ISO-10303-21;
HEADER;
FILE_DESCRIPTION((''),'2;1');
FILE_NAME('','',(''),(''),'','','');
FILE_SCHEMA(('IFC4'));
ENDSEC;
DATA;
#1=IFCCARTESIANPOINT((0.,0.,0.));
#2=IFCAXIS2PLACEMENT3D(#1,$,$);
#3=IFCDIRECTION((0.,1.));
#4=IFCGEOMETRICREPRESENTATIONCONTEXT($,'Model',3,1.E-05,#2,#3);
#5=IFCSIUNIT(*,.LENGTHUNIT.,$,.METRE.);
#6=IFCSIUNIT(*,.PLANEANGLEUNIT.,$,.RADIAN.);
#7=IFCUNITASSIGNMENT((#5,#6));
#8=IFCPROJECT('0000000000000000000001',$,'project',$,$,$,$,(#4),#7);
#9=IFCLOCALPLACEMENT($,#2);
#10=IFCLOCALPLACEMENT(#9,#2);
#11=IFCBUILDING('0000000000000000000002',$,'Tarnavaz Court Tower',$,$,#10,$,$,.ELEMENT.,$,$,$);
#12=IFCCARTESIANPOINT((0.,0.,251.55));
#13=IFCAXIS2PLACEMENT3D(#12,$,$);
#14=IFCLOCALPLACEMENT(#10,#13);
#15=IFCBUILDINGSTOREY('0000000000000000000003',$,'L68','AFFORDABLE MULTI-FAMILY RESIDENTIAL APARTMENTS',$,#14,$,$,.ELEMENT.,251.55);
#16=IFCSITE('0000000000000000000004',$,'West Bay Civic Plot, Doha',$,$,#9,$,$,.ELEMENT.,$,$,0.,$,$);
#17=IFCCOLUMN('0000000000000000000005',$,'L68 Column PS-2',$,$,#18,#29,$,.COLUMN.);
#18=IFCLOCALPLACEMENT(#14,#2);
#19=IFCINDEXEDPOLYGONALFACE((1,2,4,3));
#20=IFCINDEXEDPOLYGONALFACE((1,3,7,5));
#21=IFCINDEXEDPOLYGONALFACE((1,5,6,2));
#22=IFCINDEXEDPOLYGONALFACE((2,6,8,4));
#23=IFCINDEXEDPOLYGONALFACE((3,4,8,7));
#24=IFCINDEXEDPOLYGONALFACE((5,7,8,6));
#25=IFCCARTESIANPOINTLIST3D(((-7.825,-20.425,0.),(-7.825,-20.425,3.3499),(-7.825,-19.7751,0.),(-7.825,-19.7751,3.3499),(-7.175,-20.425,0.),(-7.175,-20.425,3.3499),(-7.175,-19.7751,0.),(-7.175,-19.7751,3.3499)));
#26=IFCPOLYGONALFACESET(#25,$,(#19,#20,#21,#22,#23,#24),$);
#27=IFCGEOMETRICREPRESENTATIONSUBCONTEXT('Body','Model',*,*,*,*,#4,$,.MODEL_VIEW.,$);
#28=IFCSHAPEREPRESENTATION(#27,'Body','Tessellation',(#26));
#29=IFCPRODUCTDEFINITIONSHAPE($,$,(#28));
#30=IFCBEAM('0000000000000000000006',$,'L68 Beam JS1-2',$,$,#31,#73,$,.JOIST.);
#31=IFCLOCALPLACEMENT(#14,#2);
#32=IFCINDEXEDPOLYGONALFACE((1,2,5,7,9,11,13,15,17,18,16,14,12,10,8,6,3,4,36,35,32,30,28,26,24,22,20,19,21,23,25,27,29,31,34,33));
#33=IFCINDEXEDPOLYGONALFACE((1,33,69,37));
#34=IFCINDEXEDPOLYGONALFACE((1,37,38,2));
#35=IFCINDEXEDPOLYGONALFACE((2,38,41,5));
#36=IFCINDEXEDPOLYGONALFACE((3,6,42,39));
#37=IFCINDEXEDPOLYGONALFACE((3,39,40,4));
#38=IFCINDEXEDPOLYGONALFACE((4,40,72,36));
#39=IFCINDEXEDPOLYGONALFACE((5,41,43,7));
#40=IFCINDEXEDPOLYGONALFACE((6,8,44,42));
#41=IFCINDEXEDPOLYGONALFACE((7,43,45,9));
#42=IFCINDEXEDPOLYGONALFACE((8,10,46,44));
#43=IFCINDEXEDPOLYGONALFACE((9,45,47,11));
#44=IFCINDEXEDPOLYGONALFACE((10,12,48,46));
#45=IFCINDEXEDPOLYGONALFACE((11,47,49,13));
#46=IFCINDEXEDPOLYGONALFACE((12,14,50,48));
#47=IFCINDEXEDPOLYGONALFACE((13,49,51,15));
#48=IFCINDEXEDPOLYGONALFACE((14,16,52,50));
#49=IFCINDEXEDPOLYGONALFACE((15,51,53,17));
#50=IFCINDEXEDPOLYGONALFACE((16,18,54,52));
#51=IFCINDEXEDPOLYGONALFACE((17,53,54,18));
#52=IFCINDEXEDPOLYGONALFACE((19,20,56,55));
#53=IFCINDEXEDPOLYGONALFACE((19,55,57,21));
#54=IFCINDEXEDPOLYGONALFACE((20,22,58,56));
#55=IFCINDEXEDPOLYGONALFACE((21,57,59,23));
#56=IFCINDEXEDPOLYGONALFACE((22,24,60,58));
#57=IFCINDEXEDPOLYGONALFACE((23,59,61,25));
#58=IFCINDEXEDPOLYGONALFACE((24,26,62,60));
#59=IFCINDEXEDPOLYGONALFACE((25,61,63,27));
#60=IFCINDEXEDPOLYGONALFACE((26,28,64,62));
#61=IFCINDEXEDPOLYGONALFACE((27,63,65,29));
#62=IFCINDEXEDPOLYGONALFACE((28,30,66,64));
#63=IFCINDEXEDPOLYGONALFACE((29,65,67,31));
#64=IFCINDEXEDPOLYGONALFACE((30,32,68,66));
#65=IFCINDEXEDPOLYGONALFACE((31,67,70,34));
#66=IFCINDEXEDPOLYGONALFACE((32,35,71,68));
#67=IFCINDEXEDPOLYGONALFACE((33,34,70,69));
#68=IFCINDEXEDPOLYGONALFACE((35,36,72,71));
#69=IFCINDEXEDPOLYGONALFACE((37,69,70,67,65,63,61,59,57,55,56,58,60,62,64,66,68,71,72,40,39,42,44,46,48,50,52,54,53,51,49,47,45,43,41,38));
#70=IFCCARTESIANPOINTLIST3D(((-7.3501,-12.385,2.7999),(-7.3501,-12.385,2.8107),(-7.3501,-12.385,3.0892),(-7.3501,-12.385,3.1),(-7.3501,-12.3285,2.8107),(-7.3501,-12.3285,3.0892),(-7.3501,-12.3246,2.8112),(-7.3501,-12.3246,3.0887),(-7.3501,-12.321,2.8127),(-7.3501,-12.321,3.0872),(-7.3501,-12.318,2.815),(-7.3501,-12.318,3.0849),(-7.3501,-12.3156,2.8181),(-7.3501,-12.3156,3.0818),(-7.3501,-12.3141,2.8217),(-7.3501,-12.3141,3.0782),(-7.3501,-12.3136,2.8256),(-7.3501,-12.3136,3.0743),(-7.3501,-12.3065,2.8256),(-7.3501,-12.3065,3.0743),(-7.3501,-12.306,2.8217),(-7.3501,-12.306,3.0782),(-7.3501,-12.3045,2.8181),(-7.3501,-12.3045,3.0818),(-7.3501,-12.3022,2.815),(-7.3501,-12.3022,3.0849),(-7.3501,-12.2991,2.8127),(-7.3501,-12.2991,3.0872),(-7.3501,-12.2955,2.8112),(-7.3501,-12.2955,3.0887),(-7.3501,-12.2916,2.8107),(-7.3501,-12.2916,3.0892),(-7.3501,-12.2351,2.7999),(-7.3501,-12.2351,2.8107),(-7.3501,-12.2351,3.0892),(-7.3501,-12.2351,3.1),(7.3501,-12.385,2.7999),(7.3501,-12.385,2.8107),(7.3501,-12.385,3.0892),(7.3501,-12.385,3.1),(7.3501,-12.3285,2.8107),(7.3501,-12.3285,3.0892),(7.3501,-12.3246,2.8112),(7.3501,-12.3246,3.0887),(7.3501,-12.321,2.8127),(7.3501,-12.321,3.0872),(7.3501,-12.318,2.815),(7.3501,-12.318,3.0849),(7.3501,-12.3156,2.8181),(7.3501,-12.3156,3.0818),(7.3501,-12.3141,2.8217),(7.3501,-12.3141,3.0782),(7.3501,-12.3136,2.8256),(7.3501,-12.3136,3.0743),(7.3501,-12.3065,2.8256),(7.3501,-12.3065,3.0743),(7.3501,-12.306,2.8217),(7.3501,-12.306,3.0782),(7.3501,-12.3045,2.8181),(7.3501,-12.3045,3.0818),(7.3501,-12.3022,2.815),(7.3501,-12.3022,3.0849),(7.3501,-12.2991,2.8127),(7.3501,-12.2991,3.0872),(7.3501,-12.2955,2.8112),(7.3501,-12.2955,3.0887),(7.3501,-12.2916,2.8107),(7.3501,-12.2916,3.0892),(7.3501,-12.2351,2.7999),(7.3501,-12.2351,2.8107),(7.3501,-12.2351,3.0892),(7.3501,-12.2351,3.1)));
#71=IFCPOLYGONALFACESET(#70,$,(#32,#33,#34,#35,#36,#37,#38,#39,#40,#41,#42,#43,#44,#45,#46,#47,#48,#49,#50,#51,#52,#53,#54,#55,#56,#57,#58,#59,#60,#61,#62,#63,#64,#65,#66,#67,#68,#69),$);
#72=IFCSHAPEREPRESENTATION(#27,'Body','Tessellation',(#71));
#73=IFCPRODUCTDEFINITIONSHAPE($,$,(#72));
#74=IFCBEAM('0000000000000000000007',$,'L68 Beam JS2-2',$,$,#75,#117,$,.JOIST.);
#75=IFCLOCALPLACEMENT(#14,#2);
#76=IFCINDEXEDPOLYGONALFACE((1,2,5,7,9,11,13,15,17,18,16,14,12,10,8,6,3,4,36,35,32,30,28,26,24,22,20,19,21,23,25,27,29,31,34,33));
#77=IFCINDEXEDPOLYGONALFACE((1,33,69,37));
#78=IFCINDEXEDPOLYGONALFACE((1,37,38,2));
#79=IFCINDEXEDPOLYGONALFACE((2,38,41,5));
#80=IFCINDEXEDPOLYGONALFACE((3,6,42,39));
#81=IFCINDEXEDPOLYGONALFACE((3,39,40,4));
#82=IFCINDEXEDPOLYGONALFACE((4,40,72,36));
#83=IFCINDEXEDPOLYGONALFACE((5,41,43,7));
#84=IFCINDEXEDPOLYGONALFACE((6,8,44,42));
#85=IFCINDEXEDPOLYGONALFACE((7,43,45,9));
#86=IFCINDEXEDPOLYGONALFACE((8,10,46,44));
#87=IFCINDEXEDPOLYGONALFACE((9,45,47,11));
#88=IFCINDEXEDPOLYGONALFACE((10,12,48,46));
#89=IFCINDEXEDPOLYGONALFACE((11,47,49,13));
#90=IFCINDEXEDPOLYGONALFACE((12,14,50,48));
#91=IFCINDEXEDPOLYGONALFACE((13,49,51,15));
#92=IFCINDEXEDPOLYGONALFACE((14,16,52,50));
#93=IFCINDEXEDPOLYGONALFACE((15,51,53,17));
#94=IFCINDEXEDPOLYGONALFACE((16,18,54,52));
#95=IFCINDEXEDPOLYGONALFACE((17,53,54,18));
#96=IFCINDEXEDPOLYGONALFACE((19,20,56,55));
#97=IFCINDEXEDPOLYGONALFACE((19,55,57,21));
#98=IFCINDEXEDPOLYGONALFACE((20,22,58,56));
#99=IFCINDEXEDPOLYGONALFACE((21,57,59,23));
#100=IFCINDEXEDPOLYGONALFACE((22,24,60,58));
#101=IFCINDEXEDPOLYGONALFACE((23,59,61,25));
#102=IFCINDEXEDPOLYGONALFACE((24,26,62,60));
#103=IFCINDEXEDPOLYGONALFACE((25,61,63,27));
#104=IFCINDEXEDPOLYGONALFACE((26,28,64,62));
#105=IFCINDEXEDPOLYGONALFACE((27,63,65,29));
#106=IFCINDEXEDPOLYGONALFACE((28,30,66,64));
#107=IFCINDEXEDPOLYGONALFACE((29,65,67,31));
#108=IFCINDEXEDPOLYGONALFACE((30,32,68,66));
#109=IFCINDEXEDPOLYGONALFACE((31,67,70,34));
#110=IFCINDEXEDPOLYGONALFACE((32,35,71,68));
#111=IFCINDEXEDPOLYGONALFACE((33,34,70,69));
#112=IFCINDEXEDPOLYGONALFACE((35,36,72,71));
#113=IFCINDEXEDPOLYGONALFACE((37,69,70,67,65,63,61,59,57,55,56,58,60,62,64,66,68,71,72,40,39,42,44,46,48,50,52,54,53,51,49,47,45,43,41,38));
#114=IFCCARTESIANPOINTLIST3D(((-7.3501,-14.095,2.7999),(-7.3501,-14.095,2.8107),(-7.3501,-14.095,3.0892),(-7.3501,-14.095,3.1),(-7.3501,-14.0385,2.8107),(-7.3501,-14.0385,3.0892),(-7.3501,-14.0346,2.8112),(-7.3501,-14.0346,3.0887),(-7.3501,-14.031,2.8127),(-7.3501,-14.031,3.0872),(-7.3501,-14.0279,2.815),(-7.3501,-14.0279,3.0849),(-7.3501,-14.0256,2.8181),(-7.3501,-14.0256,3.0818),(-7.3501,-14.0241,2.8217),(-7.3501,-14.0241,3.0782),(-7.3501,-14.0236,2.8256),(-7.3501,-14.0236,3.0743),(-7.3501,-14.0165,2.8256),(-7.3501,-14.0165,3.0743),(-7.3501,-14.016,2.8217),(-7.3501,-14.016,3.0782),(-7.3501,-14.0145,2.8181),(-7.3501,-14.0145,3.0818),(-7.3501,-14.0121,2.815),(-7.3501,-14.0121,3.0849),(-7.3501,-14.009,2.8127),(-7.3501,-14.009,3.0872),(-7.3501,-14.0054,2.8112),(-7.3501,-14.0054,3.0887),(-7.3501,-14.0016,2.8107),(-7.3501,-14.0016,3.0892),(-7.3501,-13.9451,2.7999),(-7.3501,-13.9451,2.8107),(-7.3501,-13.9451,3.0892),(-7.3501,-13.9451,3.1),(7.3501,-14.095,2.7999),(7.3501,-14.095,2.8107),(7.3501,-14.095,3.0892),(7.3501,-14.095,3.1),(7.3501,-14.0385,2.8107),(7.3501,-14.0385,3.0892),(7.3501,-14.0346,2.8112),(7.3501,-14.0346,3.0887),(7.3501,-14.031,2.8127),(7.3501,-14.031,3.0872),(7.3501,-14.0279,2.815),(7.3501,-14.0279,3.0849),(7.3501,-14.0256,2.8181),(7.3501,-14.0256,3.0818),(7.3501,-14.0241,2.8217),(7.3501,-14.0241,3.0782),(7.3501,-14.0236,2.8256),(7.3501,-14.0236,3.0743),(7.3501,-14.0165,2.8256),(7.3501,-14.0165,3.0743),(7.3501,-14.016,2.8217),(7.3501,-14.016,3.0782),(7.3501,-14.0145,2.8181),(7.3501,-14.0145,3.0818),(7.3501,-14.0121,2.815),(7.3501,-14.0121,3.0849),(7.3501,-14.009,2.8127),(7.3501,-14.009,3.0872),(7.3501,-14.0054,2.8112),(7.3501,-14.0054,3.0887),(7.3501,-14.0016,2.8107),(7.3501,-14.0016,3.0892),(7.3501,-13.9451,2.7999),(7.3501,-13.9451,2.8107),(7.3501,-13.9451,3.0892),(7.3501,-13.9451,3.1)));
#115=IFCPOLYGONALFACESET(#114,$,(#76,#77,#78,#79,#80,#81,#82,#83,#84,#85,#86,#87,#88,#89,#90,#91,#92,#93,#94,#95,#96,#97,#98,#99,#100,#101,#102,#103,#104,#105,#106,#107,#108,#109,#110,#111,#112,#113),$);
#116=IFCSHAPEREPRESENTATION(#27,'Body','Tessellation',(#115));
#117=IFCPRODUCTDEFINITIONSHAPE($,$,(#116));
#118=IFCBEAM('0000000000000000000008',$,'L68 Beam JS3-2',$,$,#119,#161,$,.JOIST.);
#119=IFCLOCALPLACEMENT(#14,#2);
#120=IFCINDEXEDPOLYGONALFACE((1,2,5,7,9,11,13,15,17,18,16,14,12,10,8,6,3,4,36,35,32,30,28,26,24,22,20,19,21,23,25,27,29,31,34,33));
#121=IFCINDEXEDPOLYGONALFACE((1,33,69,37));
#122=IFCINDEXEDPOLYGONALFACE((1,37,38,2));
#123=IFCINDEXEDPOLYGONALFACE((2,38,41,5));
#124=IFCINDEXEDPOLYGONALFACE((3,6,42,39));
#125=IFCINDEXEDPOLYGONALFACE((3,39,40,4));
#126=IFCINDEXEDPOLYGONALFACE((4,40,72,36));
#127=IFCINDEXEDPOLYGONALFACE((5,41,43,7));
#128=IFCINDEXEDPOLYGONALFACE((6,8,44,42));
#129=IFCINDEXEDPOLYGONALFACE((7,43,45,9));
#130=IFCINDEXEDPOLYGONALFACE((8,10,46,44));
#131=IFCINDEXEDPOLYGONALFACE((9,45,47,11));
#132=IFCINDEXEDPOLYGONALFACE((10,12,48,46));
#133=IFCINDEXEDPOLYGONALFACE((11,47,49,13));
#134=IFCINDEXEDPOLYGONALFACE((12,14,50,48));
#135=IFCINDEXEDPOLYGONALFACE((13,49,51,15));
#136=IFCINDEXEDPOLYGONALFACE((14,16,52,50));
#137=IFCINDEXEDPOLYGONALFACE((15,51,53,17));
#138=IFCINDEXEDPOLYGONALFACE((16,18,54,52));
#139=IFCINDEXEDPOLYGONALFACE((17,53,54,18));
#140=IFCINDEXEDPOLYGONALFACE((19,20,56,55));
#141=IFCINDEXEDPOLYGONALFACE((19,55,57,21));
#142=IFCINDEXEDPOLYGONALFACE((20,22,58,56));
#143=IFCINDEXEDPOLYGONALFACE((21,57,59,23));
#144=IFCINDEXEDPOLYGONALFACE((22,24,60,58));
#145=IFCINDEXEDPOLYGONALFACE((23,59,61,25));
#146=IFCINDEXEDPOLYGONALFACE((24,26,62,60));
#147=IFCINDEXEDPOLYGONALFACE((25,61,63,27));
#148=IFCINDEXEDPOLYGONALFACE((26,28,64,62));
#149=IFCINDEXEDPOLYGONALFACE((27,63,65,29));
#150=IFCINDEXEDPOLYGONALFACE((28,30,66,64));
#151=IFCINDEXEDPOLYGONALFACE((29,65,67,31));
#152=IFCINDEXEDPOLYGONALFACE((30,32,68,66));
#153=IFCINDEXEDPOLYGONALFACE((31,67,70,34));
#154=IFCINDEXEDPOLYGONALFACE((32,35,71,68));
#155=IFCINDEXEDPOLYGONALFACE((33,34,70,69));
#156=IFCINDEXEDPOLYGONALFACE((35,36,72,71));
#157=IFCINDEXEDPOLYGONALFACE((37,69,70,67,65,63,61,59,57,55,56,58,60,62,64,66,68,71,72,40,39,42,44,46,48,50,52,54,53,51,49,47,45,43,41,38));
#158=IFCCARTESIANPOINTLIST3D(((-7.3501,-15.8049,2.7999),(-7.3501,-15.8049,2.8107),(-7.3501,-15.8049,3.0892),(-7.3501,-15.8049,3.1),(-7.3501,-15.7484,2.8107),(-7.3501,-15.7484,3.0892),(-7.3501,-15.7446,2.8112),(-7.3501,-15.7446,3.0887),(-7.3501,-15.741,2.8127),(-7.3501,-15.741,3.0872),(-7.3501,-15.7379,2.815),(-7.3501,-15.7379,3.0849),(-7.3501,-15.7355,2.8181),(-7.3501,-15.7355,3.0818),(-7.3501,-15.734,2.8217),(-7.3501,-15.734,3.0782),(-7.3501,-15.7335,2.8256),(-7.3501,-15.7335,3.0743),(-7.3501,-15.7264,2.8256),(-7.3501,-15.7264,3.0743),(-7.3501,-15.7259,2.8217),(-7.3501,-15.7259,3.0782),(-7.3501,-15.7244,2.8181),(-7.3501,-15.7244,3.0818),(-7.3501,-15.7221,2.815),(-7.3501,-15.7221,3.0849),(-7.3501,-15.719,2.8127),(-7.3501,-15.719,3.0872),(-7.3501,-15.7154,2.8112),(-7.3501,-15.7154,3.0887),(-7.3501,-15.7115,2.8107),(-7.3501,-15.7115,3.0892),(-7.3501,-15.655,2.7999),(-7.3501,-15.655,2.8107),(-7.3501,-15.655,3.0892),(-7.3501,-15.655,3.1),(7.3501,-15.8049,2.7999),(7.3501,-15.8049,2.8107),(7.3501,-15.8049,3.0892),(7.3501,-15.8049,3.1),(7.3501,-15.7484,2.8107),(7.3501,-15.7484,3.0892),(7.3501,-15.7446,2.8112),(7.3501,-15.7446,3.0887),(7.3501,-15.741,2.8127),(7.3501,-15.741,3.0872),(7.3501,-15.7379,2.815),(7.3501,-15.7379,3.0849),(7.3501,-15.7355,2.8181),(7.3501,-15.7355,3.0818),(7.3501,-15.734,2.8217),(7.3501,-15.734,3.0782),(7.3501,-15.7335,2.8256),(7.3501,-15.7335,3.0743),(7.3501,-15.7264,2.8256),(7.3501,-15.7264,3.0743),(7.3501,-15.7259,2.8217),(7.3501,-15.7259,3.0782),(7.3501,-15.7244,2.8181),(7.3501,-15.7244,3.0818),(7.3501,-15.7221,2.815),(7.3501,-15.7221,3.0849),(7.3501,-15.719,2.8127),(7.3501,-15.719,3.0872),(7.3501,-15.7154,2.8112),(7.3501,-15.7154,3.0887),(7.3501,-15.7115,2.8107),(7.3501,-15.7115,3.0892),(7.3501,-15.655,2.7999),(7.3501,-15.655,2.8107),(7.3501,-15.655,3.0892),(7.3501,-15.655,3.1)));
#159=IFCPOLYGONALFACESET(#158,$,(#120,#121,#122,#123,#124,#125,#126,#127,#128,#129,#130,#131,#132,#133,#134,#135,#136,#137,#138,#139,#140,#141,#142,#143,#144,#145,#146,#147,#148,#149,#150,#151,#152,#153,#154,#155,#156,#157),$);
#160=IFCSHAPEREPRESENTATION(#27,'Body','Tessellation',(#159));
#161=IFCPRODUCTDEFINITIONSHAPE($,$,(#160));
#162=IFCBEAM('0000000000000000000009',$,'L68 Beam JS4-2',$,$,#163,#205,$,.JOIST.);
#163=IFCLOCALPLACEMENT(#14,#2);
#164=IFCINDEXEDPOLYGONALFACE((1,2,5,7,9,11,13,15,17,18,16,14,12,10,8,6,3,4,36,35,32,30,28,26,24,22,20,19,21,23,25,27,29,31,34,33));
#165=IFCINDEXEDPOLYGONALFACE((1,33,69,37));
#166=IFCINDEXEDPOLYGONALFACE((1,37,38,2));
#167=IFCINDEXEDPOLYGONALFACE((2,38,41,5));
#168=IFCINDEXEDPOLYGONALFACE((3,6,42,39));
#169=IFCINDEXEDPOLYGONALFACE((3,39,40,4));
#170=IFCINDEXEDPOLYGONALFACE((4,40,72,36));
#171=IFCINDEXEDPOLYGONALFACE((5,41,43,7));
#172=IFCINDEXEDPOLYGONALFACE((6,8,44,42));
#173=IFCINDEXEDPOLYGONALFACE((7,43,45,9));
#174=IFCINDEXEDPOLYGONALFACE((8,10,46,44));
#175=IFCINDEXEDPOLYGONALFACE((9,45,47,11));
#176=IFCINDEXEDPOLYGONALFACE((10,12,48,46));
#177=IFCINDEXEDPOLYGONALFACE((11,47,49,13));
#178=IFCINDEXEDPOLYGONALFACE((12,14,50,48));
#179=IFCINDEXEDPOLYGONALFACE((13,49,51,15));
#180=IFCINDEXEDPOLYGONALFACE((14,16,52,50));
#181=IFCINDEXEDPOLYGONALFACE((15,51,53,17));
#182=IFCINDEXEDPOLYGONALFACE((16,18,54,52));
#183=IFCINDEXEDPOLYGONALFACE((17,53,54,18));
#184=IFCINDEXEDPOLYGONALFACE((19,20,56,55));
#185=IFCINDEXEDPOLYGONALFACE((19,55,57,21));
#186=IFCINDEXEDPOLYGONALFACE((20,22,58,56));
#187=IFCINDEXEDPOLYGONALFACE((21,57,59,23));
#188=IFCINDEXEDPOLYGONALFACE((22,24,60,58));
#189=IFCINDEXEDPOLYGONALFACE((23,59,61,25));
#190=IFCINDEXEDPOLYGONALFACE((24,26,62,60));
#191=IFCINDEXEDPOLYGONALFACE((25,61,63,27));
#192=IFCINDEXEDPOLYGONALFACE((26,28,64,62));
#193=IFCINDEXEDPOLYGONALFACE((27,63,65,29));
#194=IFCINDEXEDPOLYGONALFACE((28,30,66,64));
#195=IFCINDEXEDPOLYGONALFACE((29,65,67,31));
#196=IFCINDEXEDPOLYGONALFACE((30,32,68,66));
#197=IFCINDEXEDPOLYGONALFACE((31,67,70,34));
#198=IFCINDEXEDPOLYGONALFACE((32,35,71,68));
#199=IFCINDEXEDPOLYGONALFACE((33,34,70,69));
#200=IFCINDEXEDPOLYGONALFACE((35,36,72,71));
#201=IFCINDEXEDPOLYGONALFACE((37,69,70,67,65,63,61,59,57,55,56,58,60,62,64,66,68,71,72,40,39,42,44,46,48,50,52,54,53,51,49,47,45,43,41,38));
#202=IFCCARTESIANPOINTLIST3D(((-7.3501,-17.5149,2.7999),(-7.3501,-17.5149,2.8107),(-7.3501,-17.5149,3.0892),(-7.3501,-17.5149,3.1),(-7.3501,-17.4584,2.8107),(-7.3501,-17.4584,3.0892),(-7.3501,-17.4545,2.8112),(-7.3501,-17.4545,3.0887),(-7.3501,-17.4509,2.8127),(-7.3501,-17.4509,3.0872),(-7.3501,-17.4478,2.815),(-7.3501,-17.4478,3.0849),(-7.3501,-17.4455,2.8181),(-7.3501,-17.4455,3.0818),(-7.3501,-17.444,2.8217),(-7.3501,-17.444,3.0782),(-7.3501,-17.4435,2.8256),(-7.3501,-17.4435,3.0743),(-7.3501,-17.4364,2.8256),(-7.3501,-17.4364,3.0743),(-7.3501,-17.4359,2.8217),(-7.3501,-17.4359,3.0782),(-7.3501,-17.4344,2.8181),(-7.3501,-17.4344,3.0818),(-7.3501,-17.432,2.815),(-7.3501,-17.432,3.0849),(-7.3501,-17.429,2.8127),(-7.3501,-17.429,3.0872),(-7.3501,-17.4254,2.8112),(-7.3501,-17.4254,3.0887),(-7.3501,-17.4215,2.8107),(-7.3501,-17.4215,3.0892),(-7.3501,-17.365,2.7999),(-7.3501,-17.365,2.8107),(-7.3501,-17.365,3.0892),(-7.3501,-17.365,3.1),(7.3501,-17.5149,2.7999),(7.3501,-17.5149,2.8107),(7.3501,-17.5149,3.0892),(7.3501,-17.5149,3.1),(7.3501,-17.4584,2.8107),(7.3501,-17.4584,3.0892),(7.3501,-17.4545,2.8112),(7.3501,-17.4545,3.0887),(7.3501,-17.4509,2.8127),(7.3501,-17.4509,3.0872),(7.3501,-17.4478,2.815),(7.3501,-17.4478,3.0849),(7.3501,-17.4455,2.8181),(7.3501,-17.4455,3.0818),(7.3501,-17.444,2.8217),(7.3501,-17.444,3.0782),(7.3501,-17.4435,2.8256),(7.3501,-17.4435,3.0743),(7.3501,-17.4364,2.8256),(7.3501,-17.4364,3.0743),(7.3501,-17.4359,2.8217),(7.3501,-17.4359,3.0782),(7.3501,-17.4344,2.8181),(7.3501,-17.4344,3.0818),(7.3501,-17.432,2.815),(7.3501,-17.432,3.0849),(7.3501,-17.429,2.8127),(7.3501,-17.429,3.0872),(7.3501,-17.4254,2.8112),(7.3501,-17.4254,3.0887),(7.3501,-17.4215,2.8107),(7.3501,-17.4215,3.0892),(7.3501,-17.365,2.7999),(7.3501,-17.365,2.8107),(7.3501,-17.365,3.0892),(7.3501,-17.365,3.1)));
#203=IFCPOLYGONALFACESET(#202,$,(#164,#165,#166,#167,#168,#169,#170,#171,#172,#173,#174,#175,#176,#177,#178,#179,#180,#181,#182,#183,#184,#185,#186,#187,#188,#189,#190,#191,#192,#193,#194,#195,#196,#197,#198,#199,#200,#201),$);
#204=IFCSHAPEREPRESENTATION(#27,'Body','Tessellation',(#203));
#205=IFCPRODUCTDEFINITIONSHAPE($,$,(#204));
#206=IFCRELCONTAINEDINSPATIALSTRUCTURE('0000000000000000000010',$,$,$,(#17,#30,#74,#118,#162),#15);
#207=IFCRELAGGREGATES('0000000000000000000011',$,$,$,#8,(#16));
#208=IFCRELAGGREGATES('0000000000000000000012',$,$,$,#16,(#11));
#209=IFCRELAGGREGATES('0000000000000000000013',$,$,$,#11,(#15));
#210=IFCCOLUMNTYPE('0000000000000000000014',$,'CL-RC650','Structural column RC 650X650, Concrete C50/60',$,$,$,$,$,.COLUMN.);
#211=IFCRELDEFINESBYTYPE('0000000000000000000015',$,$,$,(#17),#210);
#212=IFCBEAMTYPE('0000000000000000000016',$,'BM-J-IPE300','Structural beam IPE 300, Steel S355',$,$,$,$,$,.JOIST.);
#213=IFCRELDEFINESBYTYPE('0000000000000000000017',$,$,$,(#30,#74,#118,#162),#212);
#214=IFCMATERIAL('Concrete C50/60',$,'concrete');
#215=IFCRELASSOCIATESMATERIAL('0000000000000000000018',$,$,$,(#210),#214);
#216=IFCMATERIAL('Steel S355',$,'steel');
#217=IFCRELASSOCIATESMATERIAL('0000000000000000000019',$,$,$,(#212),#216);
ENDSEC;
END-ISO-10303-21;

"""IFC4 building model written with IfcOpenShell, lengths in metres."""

from ifc_helpers import new_model, si_unit, direction, frame, origin, origin_2d, place, context, subcontext, project, spatial, rectangle, i_section, extrude, material, material_profile, profile_set, type_object, element, save


model = new_model("IFC4")

# Units and contexts
model_context = context("Model", 3, precision=1e-05, world=origin(), true_north=direction((0.0, 1.0)))
body_context = subcontext(model_context, "Body", "Model", "MODEL_VIEW")
ifc_project = project(units=[si_unit("LENGTHUNIT", "METRE"), si_unit("PLANEANGLEUNIT", "RADIAN")], contexts=[model_context])

# Site, building, storey
site_placement = place(None, origin())
site = spatial("IfcSite", under=ifc_project, at=site_placement, Name="West Bay Civic Plot, Doha", CompositionType="ELEMENT", RefElevation=0.0)
building_placement = place(site_placement, origin())
building = spatial("IfcBuilding", under=site, at=building_placement, Name="Tarnavaz Court Tower", CompositionType="ELEMENT")
storey_placement = place(building_placement, frame((0.0, 0.0, 251.55)))
storey = spatial("IfcBuildingStorey", under=building, at=storey_placement, Name="L68", Description="AFFORDABLE MULTI-FAMILY RESIDENTIAL APARTMENTS", CompositionType="ELEMENT", Elevation=251.55)

# Column
ifc_material_1 = material(Name="Concrete C50/60", Category="concrete")
ifc_material_profile_1 = material_profile(ifc_material_1, rectangle(XDim=0.6499, YDim=0.6499, at=origin_2d()), Name="RC 650X650")
ifc_profile_set_1 = profile_set([ifc_material_profile_1], Name="Concrete C50/60")
column_type = type_object("IfcColumnType", Name="CL-RC650", Description="Structural column RC 650X650, Concrete C50/60", PredefinedType="COLUMN", material=ifc_profile_set_1)
column_placement = place(storey_placement, frame((-7.5, -20.1001, 0.0), z_axis=(0.0, 0.0, 1.0), x_axis=(1.0, 0.0, 0.0)))
element("IfcColumn", 1, at=column_placement, inside=storey, type_object=column_type, Name="L68 Column PS-2", PredefinedType="COLUMN", context=body_context, shape_type="SweptSolid", body=[
    extrude(rectangle(XDim=0.6499, YDim=0.6499, at=origin_2d()), origin(), (0.0, 0.0, 1.0), 3.3499),
])

# Beams
ifc_material_2 = material(Name="Steel S355", Category="steel")
ifc_material_profile_2 = material_profile(ifc_material_2, i_section(OverallWidth=0.1499, OverallDepth=0.3, WebThickness=0.0071, FlangeThickness=0.0107, FilletRadius=0.0149, at=origin_2d()), Name="IPE 300")
ifc_profile_set_2 = profile_set([ifc_material_profile_2], Name="Steel S355")
beam_type_1 = type_object("IfcBeamType", Name="BM-J-IPE300", Description="Structural beam IPE 300, Steel S355", PredefinedType="JOIST", material=ifc_profile_set_2)
for number, where, z_axis, x_axis, name in (
    (2, (-7.3501, -12.3101, 2.95), (1.0, 0.0, 0.0), (0.0, 1.0, 0.0), "L68 Beam JS1-2"),
    (3, (-7.3501, -14.02, 2.95), (1.0, 0.0, 0.0), (0.0, 1.0, 0.0), "L68 Beam JS2-2"),
    (4, (-7.3501, -15.73, 2.95), (1.0, 0.0, 0.0), (0.0, 1.0, 0.0), "L68 Beam JS3-2"),
    (5, (-7.3501, -17.4399, 2.95), (1.0, 0.0, 0.0), (0.0, 1.0, 0.0), "L68 Beam JS4-2"),
):
    element("IfcBeam", number, at=place(storey_placement, frame(where, z_axis=z_axis, x_axis=x_axis)), inside=storey, type_object=beam_type_1, Name=name, PredefinedType="JOIST", context=body_context, shape_type="SweptSolid", body=[
        extrude(i_section(OverallWidth=0.1499, OverallDepth=0.3, WebThickness=0.0071, FlangeThickness=0.0107, FilletRadius=0.0149, at=origin_2d()), origin(), (0.0, 0.0, 1.0), 14.7002),
    ])

save(model, "model.ifc")
